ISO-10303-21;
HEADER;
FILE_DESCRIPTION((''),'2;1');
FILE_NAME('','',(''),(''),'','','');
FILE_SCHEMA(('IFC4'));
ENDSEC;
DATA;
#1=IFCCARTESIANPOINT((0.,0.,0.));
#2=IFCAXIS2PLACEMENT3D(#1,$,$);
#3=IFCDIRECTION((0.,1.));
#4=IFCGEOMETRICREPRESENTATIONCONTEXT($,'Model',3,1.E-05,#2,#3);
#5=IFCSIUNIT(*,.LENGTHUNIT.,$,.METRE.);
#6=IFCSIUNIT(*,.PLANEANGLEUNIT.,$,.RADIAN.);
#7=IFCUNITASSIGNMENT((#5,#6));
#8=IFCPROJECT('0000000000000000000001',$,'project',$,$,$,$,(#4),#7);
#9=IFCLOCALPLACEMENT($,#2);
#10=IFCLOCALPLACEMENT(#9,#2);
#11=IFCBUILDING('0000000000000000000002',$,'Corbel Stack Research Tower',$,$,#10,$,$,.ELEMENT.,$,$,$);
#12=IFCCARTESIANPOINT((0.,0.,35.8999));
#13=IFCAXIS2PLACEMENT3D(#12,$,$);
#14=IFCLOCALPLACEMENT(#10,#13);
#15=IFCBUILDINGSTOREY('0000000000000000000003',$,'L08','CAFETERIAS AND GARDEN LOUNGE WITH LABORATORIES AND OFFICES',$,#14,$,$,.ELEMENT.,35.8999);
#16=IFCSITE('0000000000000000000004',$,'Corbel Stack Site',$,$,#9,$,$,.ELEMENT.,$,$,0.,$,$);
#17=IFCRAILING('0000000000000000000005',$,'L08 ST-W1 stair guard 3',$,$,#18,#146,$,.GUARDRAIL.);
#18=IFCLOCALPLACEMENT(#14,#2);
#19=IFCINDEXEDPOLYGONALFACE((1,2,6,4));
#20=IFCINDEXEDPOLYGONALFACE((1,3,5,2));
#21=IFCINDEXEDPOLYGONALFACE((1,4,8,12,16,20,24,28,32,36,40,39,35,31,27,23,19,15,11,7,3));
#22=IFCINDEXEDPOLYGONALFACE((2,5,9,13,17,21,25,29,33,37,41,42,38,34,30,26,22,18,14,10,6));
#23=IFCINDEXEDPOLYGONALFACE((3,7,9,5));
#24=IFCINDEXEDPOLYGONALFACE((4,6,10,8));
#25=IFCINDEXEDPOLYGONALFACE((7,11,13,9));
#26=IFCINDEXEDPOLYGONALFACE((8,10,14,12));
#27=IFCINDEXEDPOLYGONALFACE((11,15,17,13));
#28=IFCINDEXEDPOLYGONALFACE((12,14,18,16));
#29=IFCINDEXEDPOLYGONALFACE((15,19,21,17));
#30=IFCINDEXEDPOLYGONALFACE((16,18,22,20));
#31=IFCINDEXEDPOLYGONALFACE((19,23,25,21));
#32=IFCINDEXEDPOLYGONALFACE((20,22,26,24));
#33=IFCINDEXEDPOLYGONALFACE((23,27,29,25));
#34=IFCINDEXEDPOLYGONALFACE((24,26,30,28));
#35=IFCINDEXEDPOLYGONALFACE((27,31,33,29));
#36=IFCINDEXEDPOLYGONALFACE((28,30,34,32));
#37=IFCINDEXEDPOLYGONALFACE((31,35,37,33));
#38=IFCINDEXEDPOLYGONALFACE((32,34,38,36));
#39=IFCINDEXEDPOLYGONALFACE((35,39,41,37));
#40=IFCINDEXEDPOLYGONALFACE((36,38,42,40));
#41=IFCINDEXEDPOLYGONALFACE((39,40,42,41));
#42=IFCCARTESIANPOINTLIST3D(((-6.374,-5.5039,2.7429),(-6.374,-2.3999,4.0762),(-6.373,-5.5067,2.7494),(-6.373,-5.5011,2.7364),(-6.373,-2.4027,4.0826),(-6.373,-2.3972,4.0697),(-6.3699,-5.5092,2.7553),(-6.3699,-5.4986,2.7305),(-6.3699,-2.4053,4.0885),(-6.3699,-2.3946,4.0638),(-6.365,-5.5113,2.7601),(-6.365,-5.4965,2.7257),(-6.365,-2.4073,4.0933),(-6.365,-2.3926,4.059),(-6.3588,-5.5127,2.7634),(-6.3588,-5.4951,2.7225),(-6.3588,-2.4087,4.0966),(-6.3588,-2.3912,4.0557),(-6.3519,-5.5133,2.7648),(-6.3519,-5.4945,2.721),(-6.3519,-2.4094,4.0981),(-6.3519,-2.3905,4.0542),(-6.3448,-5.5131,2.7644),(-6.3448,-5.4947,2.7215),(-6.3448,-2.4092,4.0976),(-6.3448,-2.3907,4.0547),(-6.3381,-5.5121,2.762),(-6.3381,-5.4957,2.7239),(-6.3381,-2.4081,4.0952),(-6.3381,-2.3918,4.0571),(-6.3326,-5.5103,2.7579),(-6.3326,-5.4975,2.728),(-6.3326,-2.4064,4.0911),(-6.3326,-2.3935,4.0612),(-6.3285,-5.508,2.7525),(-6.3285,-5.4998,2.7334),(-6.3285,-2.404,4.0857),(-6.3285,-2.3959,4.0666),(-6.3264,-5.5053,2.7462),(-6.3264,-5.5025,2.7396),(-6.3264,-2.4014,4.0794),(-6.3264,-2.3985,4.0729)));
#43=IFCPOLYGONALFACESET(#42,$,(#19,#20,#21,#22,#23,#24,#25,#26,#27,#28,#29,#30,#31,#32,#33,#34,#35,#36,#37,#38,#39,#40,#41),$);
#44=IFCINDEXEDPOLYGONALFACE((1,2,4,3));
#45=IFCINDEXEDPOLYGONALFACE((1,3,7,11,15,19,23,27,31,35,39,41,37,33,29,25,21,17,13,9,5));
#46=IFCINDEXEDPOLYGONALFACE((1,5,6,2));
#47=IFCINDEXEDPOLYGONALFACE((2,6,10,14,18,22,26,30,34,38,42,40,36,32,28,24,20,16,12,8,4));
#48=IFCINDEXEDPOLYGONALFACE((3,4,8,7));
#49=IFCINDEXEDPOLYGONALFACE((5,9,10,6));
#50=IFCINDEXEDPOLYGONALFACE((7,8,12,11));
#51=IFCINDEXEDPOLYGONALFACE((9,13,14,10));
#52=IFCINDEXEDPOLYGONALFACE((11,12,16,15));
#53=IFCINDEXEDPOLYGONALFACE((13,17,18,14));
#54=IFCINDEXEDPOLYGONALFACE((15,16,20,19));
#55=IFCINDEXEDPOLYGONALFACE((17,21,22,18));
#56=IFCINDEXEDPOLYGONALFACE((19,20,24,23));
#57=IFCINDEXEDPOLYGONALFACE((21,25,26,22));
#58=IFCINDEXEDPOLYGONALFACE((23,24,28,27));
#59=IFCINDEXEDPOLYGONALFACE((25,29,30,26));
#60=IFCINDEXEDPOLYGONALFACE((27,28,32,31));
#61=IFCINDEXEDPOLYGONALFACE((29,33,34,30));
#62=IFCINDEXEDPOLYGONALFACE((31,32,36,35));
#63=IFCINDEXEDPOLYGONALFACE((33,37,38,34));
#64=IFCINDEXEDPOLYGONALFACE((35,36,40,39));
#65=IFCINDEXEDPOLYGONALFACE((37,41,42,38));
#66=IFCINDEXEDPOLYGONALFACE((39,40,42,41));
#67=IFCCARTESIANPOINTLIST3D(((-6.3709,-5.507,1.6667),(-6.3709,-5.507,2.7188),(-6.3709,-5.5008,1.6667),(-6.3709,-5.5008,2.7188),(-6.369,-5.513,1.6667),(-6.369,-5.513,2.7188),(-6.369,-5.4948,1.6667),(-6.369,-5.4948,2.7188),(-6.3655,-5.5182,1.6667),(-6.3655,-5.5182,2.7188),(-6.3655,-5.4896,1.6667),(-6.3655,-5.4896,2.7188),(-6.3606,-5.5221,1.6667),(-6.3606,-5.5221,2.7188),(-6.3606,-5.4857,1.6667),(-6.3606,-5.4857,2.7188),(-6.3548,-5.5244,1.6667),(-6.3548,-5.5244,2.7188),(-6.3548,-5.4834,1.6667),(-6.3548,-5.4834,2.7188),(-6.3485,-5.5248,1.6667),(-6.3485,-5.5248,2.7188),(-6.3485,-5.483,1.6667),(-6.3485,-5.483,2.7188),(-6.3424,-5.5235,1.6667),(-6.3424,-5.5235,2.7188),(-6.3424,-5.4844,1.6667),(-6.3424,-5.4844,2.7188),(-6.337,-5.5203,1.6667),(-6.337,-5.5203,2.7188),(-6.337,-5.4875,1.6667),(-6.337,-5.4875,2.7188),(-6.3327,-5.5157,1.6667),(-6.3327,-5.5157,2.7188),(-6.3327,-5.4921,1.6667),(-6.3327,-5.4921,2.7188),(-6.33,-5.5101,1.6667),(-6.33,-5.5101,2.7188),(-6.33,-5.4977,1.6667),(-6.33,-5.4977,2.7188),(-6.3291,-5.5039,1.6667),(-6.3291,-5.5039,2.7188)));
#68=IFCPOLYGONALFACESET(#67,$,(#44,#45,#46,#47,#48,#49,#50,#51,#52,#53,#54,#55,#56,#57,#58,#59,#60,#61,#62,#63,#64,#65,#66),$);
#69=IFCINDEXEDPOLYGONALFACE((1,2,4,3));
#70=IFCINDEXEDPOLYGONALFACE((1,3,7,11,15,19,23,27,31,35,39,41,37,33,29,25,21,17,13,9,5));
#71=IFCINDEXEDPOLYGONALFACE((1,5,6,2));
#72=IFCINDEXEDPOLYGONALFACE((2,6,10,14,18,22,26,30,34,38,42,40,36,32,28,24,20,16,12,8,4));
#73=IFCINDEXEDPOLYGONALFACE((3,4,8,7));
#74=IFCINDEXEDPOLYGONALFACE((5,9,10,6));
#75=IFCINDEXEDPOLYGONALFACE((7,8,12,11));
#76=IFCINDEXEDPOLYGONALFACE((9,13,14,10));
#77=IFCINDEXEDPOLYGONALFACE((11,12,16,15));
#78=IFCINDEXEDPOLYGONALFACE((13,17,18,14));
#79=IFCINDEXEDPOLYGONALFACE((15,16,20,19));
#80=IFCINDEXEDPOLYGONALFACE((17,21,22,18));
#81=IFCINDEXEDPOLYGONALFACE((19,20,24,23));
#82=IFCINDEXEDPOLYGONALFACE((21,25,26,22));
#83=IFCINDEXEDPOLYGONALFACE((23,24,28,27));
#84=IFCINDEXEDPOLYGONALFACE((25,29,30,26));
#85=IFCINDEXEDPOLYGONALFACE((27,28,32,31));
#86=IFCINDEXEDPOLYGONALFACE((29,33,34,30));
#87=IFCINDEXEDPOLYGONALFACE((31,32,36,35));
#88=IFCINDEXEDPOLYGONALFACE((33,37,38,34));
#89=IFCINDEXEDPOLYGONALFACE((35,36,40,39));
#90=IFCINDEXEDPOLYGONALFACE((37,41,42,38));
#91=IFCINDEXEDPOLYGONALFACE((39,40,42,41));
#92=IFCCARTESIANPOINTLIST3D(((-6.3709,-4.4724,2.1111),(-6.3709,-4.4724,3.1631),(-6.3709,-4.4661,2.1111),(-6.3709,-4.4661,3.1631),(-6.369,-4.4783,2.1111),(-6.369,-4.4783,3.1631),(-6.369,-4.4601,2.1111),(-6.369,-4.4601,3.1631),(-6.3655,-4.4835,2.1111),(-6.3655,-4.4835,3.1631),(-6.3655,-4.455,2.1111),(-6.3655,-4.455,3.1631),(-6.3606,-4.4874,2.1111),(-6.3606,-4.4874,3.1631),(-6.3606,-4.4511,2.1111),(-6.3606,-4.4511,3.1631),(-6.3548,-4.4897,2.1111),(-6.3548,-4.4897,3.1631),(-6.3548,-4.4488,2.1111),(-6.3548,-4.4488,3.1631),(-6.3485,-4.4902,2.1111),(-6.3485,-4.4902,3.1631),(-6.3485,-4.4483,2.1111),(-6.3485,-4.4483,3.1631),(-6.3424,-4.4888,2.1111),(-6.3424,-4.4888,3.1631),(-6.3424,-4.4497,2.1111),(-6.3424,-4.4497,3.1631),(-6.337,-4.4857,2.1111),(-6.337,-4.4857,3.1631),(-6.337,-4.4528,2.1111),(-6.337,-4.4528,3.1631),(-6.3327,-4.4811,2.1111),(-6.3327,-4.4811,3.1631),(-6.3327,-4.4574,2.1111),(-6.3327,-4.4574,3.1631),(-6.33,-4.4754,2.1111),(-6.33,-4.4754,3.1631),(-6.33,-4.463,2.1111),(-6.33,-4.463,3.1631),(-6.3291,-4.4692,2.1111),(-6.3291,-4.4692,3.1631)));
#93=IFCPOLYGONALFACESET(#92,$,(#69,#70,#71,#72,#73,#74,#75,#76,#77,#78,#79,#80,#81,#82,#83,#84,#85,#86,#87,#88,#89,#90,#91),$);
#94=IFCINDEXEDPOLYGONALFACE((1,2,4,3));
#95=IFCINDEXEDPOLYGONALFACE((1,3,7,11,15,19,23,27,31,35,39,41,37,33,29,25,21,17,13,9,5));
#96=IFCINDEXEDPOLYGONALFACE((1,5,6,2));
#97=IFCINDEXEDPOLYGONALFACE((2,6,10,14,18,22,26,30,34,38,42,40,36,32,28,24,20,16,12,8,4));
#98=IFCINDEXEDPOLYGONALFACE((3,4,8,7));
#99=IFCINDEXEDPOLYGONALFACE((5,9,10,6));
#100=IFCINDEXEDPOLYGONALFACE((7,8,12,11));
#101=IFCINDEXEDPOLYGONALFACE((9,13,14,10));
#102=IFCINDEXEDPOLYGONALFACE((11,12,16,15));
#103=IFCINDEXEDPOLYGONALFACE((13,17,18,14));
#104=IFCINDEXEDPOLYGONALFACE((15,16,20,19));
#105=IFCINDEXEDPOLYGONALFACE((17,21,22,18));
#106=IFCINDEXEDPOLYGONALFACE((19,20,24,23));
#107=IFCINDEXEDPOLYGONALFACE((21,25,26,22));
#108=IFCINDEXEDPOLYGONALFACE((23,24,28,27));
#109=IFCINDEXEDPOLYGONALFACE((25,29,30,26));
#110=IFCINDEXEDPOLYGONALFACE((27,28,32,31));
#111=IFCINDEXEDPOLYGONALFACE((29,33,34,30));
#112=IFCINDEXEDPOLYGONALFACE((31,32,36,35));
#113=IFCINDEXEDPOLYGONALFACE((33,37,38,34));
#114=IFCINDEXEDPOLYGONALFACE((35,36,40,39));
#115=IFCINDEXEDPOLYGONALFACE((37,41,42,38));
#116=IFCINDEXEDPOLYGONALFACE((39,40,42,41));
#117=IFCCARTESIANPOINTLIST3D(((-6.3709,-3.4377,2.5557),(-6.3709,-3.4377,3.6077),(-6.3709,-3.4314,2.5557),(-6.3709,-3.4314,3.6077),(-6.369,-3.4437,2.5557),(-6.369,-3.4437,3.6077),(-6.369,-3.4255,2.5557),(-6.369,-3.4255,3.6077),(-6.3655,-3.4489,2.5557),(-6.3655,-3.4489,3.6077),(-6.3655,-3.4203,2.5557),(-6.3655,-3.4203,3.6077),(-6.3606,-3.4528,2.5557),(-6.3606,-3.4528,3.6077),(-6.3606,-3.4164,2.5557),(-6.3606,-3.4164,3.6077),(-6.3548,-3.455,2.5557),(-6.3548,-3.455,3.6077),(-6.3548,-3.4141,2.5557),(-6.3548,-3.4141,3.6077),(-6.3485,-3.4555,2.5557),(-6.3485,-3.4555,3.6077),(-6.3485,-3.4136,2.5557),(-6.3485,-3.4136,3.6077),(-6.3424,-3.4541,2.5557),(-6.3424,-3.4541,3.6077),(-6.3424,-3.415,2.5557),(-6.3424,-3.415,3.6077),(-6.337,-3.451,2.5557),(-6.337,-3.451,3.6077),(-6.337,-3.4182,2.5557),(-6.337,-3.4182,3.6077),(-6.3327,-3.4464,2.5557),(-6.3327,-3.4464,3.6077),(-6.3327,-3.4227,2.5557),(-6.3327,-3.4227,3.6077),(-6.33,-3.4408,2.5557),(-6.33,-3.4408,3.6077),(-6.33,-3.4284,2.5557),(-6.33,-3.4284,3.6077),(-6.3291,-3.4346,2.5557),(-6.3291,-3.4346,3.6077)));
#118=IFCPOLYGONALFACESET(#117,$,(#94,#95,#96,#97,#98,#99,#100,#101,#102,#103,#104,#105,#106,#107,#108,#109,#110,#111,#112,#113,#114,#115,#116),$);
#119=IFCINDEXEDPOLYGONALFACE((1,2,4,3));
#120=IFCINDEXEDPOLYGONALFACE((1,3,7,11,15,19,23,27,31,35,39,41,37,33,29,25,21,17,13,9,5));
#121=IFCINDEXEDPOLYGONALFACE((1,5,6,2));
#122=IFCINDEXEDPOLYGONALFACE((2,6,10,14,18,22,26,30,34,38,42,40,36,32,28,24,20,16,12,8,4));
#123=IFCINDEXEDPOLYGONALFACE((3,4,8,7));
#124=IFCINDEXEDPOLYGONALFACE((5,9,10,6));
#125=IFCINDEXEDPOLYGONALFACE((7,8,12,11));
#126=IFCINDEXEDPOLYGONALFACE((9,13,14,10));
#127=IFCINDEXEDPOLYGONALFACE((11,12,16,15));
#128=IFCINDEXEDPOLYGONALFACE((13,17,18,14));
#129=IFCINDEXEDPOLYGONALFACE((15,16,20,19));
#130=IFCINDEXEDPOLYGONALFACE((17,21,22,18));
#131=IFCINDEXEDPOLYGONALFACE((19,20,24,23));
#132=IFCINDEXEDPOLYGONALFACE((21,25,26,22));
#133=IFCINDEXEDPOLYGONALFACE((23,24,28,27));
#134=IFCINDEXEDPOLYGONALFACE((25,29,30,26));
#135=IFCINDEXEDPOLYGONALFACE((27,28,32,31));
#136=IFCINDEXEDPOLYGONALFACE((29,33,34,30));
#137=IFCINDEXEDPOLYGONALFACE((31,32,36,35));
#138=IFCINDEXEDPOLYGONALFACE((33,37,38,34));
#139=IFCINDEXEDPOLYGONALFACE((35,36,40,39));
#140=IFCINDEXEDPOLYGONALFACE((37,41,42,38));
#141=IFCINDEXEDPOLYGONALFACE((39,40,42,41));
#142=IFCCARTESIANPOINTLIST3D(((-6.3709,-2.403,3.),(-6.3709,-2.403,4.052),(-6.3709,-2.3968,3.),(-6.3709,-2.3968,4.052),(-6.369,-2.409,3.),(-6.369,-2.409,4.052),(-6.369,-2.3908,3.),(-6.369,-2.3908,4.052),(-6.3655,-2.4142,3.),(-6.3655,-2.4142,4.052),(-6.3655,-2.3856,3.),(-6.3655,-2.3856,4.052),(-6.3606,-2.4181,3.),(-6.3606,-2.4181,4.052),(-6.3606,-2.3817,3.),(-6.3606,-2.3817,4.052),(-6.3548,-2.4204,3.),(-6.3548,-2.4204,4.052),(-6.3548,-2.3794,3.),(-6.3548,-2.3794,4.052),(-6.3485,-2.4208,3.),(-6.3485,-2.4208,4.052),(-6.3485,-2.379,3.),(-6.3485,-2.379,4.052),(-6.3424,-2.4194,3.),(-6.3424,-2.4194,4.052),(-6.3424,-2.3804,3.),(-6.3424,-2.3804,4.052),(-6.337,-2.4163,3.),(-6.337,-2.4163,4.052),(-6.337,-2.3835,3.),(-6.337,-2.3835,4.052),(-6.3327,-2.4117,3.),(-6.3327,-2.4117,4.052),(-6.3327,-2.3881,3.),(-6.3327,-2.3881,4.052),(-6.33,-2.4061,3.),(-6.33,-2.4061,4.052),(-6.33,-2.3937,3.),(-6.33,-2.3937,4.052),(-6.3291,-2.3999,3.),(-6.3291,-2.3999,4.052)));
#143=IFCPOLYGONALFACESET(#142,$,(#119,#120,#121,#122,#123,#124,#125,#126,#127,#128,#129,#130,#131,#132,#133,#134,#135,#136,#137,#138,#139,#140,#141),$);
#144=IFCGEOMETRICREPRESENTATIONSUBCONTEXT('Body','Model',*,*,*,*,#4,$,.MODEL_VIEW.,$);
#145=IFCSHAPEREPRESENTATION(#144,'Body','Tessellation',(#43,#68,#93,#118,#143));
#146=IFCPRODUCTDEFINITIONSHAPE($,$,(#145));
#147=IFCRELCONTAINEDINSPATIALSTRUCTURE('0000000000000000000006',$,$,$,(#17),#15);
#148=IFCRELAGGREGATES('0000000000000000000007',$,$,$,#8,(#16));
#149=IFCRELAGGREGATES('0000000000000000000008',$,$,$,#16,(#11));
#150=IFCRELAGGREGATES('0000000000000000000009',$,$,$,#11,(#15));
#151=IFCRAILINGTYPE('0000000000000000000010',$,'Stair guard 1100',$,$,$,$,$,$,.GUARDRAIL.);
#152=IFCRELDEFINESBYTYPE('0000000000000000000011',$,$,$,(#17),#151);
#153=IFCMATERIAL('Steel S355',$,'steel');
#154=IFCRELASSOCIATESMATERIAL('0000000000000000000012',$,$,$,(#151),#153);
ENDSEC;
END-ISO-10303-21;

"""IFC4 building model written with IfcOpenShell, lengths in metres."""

from ifc_helpers import new_model, si_unit, direction, frame, origin, origin_2d, place, context, subcontext, project, spatial, circle, extrude, material, type_object, element, save


model = new_model("IFC4")

# Units and contexts
model_context = context("Model", 3, precision=1e-05, world=origin(), true_north=direction((0.0, 1.0)))
body_context = subcontext(model_context, "Body", "Model", "MODEL_VIEW")
ifc_project = project(units=[si_unit("LENGTHUNIT", "METRE"), si_unit("PLANEANGLEUNIT", "RADIAN")], contexts=[model_context])

# Site, building, storey
site_placement = place(None, origin())
site = spatial("IfcSite", under=ifc_project, at=site_placement, Name="Corbel Stack Site", CompositionType="ELEMENT", RefElevation=0.0)
building_placement = place(site_placement, origin())
building = spatial("IfcBuilding", under=site, at=building_placement, Name="Corbel Stack Research Tower", CompositionType="ELEMENT")
storey_placement = place(building_placement, frame((0.0, 0.0, 35.8999)))
storey = spatial("IfcBuildingStorey", under=building, at=storey_placement, Name="L08", Description="CAFETERIAS AND GARDEN LOUNGE WITH LABORATORIES AND OFFICES", CompositionType="ELEMENT", Elevation=35.8999)

# Railing
ifc_material_1 = material(Name="Steel S355", Category="steel")
railing_type_1 = type_object("IfcRailingType", Name="Stair guard 1100", PredefinedType="GUARDRAIL", material=ifc_material_1)
railing_1_placement = place(storey_placement, frame((-6.3501, -5.5039, 1.6667)))
element("IfcRailing", 1, at=railing_1_placement, inside=storey, type_object=railing_type_1, Name="L08 ST-W1 stair guard 3", PredefinedType="GUARDRAIL", context=body_context, shape_type="SweptSolid", body=[
    extrude(circle(Radius=0.0239, at=origin_2d()), frame((0.0, 0.0, 1.0762), z_axis=(0.0, 0.918827, 0.394661), x_axis=(-1.0, 0.0, 0.0)), (0.0, 0.0, 1.0), 3.3782),
    extrude(circle(Radius=0.021, at=origin_2d()), origin(), (0.0, 0.0, 1.0), 1.052),
    extrude(circle(Radius=0.021, at=origin_2d()), frame((0.0, 1.0347, 0.4443)), (0.0, 0.0, 1.0), 1.052),
    extrude(circle(Radius=0.021, at=origin_2d()), frame((0.0, 2.0693, 0.8889)), (0.0, 0.0, 1.0), 1.052),
    extrude(circle(Radius=0.021, at=origin_2d()), frame((0.0, 3.104, 1.3333)), (0.0, 0.0, 1.0), 1.052),
])

save(model, "model.ifc")
